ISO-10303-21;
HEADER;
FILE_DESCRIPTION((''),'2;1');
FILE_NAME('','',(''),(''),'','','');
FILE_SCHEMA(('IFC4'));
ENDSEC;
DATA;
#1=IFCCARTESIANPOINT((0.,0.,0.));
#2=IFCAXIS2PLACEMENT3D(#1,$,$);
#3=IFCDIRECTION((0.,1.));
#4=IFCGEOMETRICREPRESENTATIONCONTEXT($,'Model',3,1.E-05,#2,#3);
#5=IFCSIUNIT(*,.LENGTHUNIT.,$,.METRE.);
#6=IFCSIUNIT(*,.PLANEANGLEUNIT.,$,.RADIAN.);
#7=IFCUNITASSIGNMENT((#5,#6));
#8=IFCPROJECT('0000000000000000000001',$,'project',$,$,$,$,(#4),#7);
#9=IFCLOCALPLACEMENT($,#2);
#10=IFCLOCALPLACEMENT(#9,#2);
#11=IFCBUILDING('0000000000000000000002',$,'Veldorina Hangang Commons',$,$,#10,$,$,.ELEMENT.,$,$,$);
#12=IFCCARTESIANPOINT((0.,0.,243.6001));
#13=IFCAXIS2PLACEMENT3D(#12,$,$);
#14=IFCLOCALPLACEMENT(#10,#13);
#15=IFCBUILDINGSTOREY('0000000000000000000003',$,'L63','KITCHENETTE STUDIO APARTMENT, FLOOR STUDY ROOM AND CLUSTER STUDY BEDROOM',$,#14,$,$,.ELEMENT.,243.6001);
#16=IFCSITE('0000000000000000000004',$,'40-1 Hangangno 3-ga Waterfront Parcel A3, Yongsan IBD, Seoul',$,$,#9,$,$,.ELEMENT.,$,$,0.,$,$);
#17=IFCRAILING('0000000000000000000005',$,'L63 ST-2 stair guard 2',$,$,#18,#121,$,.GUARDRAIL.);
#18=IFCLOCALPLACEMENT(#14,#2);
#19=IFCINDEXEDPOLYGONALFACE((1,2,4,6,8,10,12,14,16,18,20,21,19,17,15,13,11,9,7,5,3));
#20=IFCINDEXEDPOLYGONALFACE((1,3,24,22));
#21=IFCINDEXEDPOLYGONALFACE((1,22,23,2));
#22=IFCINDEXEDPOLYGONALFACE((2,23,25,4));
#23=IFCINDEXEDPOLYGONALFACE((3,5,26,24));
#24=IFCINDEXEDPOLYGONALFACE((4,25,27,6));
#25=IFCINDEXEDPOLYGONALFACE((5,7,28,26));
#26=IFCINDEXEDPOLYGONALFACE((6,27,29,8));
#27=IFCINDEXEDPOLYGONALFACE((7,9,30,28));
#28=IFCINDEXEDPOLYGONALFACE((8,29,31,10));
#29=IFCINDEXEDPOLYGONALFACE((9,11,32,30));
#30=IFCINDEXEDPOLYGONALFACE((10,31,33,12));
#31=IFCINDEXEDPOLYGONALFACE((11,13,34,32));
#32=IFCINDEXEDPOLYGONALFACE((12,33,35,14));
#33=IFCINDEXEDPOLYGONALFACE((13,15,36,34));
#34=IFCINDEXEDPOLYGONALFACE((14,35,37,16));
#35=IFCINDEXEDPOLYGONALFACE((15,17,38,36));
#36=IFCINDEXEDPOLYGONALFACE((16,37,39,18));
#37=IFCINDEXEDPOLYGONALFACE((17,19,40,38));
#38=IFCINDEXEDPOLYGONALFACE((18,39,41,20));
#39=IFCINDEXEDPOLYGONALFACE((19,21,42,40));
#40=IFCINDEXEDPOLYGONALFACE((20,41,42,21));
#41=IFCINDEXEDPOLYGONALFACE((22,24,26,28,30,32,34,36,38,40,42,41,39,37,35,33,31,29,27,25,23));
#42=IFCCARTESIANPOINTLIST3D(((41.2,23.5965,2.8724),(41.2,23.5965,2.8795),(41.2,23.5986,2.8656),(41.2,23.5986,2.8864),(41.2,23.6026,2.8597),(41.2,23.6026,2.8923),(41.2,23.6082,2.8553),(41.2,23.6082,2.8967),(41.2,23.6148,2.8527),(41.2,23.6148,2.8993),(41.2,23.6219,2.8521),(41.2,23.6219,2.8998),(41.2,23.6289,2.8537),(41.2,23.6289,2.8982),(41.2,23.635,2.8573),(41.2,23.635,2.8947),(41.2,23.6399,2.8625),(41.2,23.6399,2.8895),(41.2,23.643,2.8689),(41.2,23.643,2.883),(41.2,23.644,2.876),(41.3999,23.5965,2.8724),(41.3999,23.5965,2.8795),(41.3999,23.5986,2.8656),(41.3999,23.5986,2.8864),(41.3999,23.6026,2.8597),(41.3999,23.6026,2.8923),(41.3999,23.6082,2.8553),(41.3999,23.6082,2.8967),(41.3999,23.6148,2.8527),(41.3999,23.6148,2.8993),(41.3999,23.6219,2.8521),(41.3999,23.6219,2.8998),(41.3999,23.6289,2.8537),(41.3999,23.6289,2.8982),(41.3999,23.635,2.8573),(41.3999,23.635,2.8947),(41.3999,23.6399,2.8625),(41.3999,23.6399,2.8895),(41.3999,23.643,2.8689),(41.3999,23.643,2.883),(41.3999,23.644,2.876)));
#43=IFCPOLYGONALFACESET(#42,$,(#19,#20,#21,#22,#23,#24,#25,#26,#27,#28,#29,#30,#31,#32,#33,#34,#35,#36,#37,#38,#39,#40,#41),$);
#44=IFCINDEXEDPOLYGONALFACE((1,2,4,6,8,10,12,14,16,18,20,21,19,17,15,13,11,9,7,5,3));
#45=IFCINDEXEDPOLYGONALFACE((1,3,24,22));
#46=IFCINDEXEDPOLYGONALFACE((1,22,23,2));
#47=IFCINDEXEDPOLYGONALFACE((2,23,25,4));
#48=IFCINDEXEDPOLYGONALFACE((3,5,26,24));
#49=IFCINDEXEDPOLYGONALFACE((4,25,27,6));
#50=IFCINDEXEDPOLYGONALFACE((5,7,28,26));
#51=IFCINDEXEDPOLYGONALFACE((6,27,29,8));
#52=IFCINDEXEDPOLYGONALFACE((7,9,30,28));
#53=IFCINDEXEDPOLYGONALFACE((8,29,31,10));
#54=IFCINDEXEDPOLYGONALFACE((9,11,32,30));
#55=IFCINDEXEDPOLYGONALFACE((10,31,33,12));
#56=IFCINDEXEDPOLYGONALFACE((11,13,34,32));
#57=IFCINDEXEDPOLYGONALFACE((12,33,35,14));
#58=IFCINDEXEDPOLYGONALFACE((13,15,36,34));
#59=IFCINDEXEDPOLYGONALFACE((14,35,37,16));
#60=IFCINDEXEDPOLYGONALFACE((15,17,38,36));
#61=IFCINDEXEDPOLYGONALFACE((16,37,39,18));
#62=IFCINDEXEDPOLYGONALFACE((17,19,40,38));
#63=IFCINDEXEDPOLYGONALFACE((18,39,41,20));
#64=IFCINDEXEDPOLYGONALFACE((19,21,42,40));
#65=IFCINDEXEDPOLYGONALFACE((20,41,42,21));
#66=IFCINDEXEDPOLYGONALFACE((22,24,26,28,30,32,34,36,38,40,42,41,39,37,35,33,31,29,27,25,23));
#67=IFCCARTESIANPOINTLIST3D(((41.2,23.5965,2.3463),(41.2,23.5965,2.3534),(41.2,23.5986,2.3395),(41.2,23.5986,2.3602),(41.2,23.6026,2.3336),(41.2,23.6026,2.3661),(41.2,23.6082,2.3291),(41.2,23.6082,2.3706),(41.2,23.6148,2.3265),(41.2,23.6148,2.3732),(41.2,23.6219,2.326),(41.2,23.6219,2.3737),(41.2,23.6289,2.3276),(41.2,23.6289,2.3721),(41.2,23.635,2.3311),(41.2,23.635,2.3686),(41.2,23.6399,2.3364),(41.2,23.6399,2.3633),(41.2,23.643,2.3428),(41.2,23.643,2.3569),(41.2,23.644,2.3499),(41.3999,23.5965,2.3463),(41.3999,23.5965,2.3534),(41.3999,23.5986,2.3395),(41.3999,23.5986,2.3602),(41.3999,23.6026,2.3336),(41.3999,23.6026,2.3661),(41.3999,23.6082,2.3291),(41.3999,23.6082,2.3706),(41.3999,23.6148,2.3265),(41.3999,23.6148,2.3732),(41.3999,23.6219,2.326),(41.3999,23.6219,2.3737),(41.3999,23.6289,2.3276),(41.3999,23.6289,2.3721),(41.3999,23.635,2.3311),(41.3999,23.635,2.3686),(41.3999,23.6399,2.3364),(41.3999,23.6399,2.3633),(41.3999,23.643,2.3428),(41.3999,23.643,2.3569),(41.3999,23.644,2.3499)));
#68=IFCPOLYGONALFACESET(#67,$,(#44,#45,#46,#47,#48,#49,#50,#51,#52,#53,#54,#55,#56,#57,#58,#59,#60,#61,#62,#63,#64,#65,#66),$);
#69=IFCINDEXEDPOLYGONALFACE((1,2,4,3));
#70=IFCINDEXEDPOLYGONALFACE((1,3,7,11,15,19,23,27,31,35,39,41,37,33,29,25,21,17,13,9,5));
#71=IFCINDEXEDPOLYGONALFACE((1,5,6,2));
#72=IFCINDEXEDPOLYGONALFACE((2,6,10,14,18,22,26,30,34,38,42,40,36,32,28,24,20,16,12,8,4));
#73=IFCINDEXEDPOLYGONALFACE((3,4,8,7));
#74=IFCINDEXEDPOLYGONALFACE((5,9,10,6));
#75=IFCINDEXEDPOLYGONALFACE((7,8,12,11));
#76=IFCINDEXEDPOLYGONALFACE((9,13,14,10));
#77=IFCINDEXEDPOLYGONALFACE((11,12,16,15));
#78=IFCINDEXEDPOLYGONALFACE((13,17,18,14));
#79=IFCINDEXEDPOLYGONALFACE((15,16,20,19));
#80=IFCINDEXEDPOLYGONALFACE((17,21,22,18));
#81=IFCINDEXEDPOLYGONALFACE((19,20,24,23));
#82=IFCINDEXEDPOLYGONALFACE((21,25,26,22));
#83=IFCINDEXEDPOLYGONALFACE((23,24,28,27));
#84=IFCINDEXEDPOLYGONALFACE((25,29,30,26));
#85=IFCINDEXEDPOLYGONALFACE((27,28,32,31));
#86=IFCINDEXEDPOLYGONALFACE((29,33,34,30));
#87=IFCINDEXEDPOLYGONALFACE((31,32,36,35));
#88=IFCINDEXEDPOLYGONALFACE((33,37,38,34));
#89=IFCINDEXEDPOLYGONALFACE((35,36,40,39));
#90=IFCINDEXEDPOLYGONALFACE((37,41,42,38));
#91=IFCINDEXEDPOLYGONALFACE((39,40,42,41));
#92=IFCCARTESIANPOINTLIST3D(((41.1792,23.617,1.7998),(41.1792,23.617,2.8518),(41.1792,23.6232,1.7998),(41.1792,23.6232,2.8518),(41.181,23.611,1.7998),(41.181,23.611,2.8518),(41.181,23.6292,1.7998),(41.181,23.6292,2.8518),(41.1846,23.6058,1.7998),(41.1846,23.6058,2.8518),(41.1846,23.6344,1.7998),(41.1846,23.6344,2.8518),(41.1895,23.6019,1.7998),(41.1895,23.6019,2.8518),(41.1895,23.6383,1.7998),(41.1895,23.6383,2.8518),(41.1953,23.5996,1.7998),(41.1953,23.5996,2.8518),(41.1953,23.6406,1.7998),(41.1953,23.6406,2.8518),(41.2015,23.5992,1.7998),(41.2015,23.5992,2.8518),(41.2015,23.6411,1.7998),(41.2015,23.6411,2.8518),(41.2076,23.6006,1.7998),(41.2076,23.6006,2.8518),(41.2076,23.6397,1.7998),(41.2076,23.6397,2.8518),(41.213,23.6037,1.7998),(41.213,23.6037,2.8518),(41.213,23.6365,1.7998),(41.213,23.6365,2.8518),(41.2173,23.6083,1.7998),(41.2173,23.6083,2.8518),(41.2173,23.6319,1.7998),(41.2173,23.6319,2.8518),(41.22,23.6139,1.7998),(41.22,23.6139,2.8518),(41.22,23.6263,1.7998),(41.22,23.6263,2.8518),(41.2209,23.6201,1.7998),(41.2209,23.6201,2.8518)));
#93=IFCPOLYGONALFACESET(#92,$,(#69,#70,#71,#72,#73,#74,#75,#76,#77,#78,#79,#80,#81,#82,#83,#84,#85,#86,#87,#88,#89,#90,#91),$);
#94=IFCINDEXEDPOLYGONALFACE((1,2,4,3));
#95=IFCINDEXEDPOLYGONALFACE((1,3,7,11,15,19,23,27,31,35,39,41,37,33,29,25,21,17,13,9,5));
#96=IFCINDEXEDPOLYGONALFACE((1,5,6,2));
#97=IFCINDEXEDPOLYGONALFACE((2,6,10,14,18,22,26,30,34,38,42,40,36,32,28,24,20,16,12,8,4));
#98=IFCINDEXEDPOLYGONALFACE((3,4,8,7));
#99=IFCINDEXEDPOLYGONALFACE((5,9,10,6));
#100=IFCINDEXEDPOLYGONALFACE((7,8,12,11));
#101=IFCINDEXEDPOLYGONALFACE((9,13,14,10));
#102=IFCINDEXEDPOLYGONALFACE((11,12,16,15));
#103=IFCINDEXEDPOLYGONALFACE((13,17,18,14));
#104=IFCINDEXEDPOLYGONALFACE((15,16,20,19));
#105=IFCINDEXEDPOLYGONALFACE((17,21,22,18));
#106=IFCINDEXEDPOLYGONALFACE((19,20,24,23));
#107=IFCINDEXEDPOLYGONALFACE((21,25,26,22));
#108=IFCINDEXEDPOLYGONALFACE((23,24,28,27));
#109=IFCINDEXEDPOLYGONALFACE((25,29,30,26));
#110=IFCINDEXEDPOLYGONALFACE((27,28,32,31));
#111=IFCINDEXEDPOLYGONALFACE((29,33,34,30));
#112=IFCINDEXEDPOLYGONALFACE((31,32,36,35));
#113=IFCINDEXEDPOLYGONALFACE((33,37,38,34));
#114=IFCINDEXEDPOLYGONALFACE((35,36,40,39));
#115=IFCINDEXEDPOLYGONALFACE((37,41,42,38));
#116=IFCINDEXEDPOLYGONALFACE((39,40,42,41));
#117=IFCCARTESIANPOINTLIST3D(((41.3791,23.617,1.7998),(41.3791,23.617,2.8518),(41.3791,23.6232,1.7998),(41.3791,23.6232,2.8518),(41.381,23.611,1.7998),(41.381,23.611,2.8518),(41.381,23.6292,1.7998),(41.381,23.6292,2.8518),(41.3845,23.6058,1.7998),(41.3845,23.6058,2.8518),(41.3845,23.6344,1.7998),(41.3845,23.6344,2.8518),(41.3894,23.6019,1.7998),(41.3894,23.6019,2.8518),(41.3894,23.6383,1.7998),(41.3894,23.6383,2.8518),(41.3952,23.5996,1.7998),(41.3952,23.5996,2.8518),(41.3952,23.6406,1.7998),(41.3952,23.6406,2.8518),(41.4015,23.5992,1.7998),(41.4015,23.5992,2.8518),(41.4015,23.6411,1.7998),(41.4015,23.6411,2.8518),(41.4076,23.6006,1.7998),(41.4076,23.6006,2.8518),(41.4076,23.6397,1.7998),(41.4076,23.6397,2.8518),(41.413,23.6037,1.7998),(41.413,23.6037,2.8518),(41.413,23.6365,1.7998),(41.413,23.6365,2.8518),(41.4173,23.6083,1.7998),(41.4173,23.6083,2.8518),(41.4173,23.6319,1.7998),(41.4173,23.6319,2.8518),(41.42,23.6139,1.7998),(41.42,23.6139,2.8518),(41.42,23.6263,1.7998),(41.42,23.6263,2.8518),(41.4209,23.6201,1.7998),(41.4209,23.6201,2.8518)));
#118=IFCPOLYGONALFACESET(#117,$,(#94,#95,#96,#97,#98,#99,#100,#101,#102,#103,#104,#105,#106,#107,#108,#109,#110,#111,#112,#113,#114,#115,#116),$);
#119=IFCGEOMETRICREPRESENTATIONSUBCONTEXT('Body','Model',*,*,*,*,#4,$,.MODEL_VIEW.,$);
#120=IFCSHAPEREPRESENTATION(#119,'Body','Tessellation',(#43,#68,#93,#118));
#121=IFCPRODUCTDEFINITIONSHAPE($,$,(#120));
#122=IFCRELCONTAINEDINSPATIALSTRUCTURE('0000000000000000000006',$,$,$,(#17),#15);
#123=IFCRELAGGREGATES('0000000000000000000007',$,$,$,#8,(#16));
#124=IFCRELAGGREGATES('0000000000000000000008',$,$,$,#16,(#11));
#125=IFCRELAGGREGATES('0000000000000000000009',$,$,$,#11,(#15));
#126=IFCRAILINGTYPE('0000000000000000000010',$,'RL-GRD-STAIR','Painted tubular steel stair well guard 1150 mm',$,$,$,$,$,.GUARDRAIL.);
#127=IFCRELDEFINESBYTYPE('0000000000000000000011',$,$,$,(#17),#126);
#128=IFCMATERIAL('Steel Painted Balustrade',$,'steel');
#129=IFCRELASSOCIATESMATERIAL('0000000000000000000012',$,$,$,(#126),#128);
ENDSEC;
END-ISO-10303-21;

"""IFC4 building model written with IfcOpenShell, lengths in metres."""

from ifc_helpers import new_model, si_unit, direction, frame, origin, origin_2d, place, context, subcontext, project, spatial, circle, extrude, material, type_object, element, save


model = new_model("IFC4")

# Units and contexts
model_context = context("Model", 3, precision=1e-05, world=origin(), true_north=direction((0.0, 1.0)))
body_context = subcontext(model_context, "Body", "Model", "MODEL_VIEW")
ifc_project = project(units=[si_unit("LENGTHUNIT", "METRE"), si_unit("PLANEANGLEUNIT", "RADIAN")], contexts=[model_context])

# Site, building, storey
site_placement = place(None, origin())
site = spatial("IfcSite", under=ifc_project, at=site_placement, Name="40-1 Hangangno 3-ga Waterfront Parcel A3, Yongsan IBD, Seoul", CompositionType="ELEMENT", RefElevation=0.0)
building_placement = place(site_placement, origin())
building = spatial("IfcBuilding", under=site, at=building_placement, Name="Veldorina Hangang Commons", CompositionType="ELEMENT")
storey_placement = place(building_placement, frame((0.0, 0.0, 243.6001)))
storey = spatial("IfcBuildingStorey", under=building, at=storey_placement, Name="L63", Description="KITCHENETTE STUDIO APARTMENT, FLOOR STUDY ROOM AND CLUSTER STUDY BEDROOM", CompositionType="ELEMENT", Elevation=243.6001)

# Railing
ifc_material_1 = material(Name="Steel Painted Balustrade", Category="steel")
railing_type_1 = type_object("IfcRailingType", Name="RL-GRD-STAIR", Description="Painted tubular steel stair well guard 1150 mm", PredefinedType="GUARDRAIL", material=ifc_material_1)
railing_1_placement = place(storey_placement, frame((41.2, 23.6201, 1.7998)))
element("IfcRailing", 1, at=railing_1_placement, inside=storey, type_object=railing_type_1, Name="L63 ST-2 stair guard 2", PredefinedType="GUARDRAIL", context=body_context, shape_type="SweptSolid", body=[
    extrude(circle(Radius=0.0239, at=origin_2d()), frame((0.0, 0.0, 1.0762), z_axis=(1.0, 0.0, 0.0), x_axis=(0.0, 1.0, 0.0)), (0.0, 0.0, 1.0), 0.2),
    extrude(circle(Radius=0.0239, at=origin_2d()), frame((0.0, 0.0, 0.55), z_axis=(1.0, 0.0, 0.0), x_axis=(0.0, 1.0, 0.0)), (0.0, 0.0, 1.0), 0.2),
    extrude(circle(Radius=0.021, at=origin_2d()), origin(), (0.0, 0.0, 1.0), 1.052),
    extrude(circle(Radius=0.021, at=origin_2d()), frame((0.2, 0.0, 0.0)), (0.0, 0.0, 1.0), 1.052),
])

save(model, "model.ifc")
